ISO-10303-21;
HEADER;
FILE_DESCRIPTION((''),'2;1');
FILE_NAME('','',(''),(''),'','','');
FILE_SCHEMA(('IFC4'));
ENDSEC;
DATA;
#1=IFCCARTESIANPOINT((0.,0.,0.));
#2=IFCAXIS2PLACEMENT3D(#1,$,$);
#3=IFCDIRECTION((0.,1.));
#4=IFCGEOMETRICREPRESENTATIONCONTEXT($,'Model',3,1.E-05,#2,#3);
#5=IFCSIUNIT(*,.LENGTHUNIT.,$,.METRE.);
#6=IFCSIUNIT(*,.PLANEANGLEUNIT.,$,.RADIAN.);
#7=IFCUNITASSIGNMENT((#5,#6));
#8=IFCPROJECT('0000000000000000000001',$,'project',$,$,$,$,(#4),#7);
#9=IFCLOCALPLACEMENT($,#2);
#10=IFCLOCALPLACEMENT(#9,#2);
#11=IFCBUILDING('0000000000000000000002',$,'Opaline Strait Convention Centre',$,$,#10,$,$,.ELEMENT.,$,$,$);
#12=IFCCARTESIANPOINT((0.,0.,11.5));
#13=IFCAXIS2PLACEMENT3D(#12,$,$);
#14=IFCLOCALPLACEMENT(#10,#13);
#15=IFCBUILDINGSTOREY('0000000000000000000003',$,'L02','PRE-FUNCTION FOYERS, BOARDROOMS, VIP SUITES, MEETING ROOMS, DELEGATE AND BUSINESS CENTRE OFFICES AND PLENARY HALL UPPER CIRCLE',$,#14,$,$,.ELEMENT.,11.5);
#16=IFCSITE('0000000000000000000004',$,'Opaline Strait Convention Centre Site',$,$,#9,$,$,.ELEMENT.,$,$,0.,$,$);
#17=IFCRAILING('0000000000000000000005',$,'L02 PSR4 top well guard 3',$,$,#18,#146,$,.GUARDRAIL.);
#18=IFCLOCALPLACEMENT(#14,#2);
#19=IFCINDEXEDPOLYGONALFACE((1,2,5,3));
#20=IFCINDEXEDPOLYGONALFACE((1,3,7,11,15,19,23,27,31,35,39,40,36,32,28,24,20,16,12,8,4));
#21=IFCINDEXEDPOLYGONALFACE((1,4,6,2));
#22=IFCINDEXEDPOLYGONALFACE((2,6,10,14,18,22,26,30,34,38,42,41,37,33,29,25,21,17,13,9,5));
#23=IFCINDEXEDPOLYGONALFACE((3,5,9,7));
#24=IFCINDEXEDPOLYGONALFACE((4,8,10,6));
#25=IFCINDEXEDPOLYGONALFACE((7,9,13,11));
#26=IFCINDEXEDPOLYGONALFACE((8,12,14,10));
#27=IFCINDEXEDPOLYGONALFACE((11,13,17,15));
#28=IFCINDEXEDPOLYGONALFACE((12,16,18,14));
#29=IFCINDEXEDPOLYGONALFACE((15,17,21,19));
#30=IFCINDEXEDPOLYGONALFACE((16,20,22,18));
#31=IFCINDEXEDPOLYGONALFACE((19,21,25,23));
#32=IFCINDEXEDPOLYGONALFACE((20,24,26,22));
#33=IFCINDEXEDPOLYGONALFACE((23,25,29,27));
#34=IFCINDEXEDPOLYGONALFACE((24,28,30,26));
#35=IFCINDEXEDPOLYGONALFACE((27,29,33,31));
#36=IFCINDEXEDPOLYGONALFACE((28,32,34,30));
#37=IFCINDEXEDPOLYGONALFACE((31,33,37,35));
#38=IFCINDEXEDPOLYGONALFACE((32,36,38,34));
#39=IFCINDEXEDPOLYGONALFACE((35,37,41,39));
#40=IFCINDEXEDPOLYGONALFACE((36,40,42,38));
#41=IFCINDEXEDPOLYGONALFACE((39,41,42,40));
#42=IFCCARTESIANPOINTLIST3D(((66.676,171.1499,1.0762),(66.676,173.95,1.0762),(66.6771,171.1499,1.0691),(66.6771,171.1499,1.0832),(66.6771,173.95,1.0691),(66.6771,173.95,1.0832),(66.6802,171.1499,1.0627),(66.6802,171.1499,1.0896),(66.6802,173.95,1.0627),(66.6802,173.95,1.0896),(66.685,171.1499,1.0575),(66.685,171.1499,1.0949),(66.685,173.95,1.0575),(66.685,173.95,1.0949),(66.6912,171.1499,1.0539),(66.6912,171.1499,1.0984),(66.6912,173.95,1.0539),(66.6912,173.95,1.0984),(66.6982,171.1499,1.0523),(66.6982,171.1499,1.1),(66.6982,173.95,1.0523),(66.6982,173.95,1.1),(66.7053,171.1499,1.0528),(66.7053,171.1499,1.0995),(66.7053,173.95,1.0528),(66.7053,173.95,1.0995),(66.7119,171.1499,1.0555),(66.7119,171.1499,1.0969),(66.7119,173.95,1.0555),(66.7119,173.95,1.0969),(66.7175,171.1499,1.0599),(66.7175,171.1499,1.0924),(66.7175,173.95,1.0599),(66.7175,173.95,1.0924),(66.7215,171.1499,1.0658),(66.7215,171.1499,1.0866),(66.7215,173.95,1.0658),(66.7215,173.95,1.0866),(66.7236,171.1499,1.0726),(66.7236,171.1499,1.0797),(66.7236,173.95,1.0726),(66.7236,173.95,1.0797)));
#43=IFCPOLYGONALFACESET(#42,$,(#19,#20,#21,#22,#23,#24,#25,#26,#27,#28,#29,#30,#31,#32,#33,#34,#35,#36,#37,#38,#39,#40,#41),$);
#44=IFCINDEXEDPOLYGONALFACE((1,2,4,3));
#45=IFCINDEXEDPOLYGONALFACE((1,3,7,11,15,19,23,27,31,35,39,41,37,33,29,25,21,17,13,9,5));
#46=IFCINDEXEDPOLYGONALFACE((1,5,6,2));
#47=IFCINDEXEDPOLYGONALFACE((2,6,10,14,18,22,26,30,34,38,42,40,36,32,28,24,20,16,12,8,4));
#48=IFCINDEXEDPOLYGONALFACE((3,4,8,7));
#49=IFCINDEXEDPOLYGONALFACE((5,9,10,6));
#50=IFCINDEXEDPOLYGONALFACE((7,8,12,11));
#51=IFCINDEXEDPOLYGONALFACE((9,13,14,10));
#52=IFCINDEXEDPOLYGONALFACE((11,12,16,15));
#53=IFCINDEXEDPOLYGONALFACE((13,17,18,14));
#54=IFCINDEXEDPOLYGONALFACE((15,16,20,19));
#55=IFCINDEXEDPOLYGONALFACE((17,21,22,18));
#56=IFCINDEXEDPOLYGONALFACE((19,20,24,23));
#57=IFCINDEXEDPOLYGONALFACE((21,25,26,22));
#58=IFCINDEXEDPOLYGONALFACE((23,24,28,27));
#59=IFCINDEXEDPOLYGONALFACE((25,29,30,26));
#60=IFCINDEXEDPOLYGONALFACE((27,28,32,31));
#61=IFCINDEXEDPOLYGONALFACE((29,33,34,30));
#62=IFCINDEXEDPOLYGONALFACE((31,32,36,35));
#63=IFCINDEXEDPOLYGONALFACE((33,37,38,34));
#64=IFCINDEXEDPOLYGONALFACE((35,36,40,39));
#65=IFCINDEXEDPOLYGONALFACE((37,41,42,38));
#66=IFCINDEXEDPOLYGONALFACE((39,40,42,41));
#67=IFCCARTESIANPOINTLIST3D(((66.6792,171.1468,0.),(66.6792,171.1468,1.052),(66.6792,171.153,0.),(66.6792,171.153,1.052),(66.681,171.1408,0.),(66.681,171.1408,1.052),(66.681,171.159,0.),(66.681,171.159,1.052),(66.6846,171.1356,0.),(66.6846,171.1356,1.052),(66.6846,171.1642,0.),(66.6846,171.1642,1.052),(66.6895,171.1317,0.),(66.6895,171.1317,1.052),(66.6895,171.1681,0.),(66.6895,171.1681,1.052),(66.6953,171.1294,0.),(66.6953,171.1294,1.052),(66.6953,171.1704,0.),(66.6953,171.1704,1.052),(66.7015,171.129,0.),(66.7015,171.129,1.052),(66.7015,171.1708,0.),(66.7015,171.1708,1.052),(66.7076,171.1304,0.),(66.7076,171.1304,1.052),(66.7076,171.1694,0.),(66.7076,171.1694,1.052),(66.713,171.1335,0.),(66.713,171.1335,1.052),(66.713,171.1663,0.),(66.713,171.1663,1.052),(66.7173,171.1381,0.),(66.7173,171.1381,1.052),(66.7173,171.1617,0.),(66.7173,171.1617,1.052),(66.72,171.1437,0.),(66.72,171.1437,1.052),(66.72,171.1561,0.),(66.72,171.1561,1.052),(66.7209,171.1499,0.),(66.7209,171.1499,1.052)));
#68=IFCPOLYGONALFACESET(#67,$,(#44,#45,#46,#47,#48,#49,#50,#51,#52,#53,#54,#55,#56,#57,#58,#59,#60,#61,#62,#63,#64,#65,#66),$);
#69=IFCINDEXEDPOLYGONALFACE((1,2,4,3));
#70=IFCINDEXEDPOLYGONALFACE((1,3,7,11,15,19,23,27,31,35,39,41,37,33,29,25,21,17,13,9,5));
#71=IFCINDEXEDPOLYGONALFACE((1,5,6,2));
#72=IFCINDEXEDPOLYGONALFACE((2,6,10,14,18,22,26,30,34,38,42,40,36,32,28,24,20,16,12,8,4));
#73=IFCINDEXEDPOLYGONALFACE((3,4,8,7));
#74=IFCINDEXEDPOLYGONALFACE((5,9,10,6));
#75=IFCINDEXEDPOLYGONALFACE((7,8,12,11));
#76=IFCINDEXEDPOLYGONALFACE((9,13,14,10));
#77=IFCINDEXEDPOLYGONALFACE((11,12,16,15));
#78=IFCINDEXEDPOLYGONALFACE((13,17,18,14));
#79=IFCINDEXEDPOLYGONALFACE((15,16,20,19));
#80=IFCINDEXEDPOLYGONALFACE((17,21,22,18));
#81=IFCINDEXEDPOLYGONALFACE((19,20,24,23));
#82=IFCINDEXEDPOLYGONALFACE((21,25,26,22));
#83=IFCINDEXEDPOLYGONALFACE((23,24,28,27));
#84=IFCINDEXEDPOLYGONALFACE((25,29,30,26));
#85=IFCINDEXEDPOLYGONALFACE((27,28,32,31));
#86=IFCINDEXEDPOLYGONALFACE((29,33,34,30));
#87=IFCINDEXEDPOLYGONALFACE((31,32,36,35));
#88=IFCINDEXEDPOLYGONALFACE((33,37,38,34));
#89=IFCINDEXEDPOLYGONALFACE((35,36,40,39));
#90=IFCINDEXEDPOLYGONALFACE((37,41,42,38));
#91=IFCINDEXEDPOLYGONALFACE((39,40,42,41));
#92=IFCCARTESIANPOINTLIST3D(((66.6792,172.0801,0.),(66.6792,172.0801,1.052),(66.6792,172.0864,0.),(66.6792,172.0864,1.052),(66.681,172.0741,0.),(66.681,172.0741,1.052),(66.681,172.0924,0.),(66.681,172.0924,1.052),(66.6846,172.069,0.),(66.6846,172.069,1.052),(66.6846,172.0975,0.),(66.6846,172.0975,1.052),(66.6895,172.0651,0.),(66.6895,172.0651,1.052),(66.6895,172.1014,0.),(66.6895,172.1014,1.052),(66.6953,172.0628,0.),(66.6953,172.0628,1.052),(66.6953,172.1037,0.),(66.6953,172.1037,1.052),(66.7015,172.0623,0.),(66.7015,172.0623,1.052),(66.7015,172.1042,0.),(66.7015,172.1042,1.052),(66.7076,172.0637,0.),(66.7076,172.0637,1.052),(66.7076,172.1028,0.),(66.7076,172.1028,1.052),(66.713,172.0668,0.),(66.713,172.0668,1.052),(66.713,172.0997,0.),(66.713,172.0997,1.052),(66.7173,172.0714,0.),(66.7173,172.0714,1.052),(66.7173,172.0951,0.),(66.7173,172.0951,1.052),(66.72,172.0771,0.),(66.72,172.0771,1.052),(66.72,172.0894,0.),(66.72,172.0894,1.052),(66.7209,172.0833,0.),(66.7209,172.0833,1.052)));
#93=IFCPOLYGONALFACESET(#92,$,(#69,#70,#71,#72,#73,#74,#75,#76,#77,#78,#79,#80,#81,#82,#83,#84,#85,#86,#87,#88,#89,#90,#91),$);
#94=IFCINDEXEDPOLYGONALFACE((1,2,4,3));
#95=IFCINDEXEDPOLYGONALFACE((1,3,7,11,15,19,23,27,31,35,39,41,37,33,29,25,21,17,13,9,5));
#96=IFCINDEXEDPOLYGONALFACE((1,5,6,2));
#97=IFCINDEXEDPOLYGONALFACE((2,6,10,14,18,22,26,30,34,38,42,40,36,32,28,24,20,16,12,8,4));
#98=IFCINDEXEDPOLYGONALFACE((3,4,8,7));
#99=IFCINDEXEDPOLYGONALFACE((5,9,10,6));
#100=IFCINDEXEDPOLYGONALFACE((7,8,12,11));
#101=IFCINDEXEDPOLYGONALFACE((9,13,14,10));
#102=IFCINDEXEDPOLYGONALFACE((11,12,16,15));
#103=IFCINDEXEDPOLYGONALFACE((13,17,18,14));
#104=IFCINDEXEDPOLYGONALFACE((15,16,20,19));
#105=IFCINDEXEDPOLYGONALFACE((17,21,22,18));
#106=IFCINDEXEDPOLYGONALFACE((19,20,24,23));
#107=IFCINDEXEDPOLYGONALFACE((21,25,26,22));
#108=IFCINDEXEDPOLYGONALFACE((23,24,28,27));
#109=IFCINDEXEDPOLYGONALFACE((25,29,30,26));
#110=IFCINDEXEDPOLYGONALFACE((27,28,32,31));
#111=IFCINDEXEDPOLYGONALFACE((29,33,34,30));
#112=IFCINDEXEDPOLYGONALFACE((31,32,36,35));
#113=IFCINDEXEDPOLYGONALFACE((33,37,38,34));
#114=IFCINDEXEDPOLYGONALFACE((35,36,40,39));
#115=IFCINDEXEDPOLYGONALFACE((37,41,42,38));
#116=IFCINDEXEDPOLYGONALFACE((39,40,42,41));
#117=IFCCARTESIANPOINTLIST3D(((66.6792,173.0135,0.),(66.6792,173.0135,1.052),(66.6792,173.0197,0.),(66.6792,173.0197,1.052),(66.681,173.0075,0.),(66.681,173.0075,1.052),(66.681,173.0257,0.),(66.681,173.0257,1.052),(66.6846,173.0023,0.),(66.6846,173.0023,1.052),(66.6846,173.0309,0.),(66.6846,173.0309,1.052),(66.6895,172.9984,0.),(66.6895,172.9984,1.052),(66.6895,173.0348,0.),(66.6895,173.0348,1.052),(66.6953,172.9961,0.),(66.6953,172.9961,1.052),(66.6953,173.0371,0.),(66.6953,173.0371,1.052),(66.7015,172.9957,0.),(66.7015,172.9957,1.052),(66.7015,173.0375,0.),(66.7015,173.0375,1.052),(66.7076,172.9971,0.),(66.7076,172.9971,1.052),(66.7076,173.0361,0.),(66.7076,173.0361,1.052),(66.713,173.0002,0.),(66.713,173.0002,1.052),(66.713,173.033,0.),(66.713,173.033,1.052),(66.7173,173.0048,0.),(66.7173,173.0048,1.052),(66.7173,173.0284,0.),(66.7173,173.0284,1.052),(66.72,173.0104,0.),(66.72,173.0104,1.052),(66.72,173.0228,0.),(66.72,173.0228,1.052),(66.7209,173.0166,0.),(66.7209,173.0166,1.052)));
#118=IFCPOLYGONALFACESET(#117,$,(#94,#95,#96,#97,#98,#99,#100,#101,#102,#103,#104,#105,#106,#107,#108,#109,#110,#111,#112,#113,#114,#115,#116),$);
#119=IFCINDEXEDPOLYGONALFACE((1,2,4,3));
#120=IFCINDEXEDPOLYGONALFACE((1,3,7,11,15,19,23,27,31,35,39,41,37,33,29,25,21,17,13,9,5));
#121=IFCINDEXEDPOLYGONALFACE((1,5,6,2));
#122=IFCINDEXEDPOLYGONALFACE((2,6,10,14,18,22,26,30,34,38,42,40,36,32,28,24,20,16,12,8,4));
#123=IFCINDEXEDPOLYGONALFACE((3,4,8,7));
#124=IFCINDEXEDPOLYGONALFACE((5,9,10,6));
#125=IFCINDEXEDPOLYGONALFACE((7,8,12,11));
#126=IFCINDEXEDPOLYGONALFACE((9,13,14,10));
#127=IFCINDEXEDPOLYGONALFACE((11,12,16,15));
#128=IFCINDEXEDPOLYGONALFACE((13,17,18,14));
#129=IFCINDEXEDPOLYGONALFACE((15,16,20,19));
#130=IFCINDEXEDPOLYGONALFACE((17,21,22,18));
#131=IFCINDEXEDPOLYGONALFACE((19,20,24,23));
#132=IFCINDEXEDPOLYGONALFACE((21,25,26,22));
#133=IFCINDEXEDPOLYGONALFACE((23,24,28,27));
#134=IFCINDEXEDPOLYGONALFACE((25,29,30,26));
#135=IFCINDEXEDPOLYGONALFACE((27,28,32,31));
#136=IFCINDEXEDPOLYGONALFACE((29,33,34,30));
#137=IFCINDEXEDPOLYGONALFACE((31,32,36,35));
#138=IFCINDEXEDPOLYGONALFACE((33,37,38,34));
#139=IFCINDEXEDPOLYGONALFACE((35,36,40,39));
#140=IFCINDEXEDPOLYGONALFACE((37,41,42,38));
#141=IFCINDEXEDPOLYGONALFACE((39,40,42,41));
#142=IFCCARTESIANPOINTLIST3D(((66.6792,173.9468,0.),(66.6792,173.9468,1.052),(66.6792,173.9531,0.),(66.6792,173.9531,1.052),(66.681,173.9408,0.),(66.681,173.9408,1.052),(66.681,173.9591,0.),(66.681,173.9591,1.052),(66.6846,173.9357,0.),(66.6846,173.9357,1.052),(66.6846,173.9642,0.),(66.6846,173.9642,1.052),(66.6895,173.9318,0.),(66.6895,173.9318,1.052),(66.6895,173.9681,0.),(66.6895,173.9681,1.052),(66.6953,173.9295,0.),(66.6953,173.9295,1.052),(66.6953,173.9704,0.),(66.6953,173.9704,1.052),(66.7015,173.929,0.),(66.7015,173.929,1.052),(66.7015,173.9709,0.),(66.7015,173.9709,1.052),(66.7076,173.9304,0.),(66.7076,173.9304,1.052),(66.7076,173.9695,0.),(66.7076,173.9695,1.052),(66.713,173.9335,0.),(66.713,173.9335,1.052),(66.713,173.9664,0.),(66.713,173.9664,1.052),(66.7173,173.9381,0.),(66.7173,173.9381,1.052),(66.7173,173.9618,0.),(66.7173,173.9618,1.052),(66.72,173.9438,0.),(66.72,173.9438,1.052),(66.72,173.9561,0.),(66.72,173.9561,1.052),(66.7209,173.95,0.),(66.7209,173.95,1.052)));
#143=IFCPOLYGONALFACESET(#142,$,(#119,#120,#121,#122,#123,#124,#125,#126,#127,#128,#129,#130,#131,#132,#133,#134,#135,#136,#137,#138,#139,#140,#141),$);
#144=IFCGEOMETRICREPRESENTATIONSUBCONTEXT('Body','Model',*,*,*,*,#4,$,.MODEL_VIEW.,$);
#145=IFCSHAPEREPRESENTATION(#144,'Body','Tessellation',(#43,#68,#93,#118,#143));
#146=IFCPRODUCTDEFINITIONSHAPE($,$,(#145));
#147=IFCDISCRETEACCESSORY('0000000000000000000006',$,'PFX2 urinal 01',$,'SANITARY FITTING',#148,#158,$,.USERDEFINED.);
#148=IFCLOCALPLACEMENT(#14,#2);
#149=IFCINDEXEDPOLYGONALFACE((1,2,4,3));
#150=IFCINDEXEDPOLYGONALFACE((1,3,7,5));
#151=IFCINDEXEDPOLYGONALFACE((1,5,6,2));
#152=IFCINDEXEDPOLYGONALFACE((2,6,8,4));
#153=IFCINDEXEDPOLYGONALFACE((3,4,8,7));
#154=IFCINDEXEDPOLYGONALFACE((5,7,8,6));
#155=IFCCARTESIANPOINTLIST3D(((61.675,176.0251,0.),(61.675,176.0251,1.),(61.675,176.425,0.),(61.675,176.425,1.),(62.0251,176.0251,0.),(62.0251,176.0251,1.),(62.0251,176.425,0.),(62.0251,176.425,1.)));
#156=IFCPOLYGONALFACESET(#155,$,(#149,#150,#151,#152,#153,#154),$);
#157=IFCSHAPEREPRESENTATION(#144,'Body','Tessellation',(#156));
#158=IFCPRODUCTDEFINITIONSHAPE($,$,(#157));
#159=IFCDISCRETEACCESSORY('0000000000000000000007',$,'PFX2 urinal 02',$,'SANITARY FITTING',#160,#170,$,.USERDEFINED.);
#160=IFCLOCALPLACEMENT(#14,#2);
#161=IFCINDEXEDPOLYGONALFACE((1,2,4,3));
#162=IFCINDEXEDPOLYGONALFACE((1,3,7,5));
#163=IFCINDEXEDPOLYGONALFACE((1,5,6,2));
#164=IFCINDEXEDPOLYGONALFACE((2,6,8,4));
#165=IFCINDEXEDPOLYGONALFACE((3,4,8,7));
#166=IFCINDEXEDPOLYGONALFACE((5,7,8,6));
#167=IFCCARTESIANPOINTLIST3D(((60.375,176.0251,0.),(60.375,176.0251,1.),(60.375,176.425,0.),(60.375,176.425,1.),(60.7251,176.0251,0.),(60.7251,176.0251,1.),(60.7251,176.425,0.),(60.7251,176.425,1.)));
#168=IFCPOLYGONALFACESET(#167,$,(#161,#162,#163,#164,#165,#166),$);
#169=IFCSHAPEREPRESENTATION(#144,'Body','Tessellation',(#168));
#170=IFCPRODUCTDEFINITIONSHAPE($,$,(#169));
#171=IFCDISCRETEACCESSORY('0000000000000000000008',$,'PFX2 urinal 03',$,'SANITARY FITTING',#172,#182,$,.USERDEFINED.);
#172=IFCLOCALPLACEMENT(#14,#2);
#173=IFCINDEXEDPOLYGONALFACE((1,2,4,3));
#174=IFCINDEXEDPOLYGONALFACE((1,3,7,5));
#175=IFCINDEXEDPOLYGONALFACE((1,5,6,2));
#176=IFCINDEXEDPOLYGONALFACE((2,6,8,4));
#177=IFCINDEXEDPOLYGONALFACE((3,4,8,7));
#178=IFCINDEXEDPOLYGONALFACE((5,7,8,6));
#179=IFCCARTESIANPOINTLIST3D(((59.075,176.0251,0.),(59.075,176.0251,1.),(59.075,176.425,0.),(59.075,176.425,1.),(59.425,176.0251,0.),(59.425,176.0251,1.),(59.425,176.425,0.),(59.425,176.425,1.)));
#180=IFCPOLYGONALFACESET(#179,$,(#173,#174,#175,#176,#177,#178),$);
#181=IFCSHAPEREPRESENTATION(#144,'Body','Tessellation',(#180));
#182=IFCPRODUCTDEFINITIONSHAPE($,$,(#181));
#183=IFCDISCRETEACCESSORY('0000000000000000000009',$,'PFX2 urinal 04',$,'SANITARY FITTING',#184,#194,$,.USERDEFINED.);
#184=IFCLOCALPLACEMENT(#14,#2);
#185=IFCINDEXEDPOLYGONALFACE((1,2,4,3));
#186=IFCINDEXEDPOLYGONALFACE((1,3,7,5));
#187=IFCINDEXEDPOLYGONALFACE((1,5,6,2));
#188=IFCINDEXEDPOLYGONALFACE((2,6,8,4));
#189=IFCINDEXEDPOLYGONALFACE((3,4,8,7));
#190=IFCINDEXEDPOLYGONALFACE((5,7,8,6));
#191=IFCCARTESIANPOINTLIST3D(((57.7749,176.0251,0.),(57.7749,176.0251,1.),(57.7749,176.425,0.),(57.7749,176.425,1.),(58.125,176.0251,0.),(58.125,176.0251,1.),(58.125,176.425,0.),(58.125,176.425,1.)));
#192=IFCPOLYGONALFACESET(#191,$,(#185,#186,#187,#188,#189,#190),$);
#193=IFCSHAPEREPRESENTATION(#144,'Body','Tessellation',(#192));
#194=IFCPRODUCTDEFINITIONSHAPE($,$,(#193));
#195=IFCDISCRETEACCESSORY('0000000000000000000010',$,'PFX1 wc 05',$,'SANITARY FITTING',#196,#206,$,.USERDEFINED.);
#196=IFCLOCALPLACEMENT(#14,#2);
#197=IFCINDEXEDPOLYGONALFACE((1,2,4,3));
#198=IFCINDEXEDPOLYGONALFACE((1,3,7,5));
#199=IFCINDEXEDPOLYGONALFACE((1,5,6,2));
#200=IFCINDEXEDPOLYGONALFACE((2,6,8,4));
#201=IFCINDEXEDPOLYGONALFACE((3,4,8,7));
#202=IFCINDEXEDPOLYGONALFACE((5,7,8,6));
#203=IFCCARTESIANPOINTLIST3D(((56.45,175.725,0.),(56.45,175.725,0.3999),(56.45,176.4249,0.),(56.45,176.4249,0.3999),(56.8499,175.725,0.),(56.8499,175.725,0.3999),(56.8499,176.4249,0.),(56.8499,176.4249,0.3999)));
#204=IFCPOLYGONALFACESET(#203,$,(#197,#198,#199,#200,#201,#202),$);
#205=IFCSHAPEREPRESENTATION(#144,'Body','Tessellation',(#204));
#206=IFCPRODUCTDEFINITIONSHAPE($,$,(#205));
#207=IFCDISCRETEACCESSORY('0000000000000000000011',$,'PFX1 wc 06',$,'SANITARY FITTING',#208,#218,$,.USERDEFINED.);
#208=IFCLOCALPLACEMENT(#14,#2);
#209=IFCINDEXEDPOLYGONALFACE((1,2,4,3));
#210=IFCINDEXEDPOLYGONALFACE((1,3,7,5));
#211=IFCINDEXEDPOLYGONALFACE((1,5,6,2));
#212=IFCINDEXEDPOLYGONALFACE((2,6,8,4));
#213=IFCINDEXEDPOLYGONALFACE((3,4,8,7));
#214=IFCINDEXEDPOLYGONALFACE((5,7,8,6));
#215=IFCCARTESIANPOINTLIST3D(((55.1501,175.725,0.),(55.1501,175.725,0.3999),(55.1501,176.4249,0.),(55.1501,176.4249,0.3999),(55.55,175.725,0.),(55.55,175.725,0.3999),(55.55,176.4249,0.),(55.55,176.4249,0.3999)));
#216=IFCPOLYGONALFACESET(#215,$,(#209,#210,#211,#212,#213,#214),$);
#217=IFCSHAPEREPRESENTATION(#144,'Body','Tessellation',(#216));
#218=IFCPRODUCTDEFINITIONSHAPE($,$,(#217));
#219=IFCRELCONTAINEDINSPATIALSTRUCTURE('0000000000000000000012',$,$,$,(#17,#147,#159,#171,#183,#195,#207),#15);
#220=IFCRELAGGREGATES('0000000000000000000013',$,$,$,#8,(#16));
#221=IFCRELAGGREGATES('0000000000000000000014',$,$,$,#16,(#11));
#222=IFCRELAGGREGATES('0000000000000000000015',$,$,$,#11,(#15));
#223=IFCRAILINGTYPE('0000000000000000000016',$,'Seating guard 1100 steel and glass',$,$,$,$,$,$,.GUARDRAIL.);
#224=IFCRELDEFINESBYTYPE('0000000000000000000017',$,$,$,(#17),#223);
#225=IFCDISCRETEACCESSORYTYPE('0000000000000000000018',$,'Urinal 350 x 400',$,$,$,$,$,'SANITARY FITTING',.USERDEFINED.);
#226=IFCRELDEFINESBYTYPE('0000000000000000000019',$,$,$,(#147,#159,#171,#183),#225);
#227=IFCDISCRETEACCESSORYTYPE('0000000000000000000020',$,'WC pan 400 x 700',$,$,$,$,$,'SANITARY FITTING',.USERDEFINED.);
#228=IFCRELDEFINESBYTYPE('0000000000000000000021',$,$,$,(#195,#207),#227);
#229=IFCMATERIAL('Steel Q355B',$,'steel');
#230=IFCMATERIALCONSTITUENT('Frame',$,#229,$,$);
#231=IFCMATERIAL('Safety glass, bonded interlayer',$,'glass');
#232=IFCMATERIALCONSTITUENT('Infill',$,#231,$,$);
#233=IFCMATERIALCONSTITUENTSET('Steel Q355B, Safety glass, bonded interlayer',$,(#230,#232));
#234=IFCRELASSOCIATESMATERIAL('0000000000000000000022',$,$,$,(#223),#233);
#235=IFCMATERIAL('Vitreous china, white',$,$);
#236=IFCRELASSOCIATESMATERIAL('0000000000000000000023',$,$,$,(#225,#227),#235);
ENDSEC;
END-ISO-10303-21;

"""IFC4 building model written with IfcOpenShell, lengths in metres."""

from ifc_helpers import new_model, si_unit, direction, frame, origin, origin_2d, place, context, subcontext, project, spatial, rectangle, circle, extrude, material, constituent, constituent_set, type_object, element, save


model = new_model("IFC4")

# Units and contexts
model_context = context("Model", 3, precision=1e-05, world=origin(), true_north=direction((0.0, 1.0)))
body_context = subcontext(model_context, "Body", "Model", "MODEL_VIEW")
ifc_project = project(units=[si_unit("LENGTHUNIT", "METRE"), si_unit("PLANEANGLEUNIT", "RADIAN")], contexts=[model_context])

# Site, building, storey
site_placement = place(None, origin())
site = spatial("IfcSite", under=ifc_project, at=site_placement, Name="Opaline Strait Convention Centre Site", CompositionType="ELEMENT", RefElevation=0.0)
building_placement = place(site_placement, origin())
building = spatial("IfcBuilding", under=site, at=building_placement, Name="Opaline Strait Convention Centre", CompositionType="ELEMENT")
storey_placement = place(building_placement, frame((0.0, 0.0, 11.5)))
storey = spatial("IfcBuildingStorey", under=building, at=storey_placement, Name="L02", Description="PRE-FUNCTION FOYERS, BOARDROOMS, VIP SUITES, MEETING ROOMS, DELEGATE AND BUSINESS CENTRE OFFICES AND PLENARY HALL UPPER CIRCLE", CompositionType="ELEMENT", Elevation=11.5)

# Railing
ifc_material_1 = material(Name="Steel Q355B", Category="steel")
ifc_constituent_1 = constituent(ifc_material_1, Name="Frame")
ifc_material_2 = material(Name="Safety glass, bonded interlayer", Category="glass")
ifc_constituent_2 = constituent(ifc_material_2, Name="Infill")
ifc_constituent_set = constituent_set(constituents=[ifc_constituent_1, ifc_constituent_2], Name="Steel Q355B, Safety glass, bonded interlayer")
railing_type = type_object("IfcRailingType", Name="Seating guard 1100 steel and glass", PredefinedType="GUARDRAIL", material=ifc_constituent_set)
railing_1_placement = place(storey_placement, frame((66.7, 171.1499, 0.0)))
element("IfcRailing", 1, at=railing_1_placement, inside=storey, type_object=railing_type, Name="L02 PSR4 top well guard 3", PredefinedType="GUARDRAIL", context=body_context, shape_type="SweptSolid", body=[
    extrude(circle(Radius=0.0239, at=origin_2d()), frame((0.0, 0.0, 1.0762), z_axis=(0.0, 1.0, 0.0), x_axis=(-1.0, 0.0, 0.0)), (0.0, 0.0, 1.0), 2.8),
    extrude(circle(Radius=0.021, at=origin_2d()), origin(), (0.0, 0.0, 1.0), 1.052),
    extrude(circle(Radius=0.021, at=origin_2d()), frame((0.0, 0.9333, 0.0)), (0.0, 0.0, 1.0), 1.052),
    extrude(circle(Radius=0.021, at=origin_2d()), frame((0.0, 1.8667, 0.0)), (0.0, 0.0, 1.0), 1.052),
    extrude(circle(Radius=0.021, at=origin_2d()), frame((0.0, 2.8, 0.0)), (0.0, 0.0, 1.0), 1.052),
])

# Discrete accessories
ifc_material_3 = material(Name="Vitreous china, white")
discrete_accessory_type_1 = type_object("IfcDiscreteAccessoryType", Name="Urinal 350 x 400", ElementType="SANITARY FITTING", PredefinedType="USERDEFINED", material=ifc_material_3)
for number, where, z_axis, x_axis, name in (
    (2, (61.8501, 176.2251, 0.0), (0.0, 0.0, 1.0), (1.0, 0.0, 0.0), "PFX2 urinal 01"),
    (3, (60.55, 176.2251, 0.0), (0.0, 0.0, 1.0), (1.0, 0.0, 0.0), "PFX2 urinal 02"),
    (4, (59.25, 176.2251, 0.0), (0.0, 0.0, 1.0), (1.0, 0.0, 0.0), "PFX2 urinal 03"),
    (5, (57.95, 176.2251, 0.0), (0.0, 0.0, 1.0), (1.0, 0.0, 0.0), "PFX2 urinal 04"),
):
    element("IfcDiscreteAccessory", number, at=place(storey_placement, frame(where, z_axis=z_axis, x_axis=x_axis)), inside=storey, type_object=discrete_accessory_type_1, Name=name, ObjectType="SANITARY FITTING", PredefinedType="USERDEFINED", context=body_context, shape_type="SweptSolid", body=[
        extrude(rectangle(XDim=0.3501, YDim=0.3999, at=origin_2d()), origin(), (0.0, 0.0, 1.0), 1.0),
    ])
discrete_accessory_type_2 = type_object("IfcDiscreteAccessoryType", Name="WC pan 400 x 700", ElementType="SANITARY FITTING", PredefinedType="USERDEFINED", material=ifc_material_3)
for number, where, z_axis, x_axis, name in (
    (6, (56.6499, 176.075, 0.0), (0.0, 0.0, 1.0), (1.0, 0.0, 0.0), "PFX1 wc 05"),
    (7, (55.3501, 176.075, 0.0), (0.0, 0.0, 1.0), (1.0, 0.0, 0.0), "PFX1 wc 06"),
):
    element("IfcDiscreteAccessory", number, at=place(storey_placement, frame(where, z_axis=z_axis, x_axis=x_axis)), inside=storey, type_object=discrete_accessory_type_2, Name=name, ObjectType="SANITARY FITTING", PredefinedType="USERDEFINED", context=body_context, shape_type="SweptSolid", body=[
        extrude(rectangle(XDim=0.3999, YDim=0.7, at=origin_2d()), origin(), (0.0, 0.0, 1.0), 0.3999),
    ])

save(model, "model.ifc")
